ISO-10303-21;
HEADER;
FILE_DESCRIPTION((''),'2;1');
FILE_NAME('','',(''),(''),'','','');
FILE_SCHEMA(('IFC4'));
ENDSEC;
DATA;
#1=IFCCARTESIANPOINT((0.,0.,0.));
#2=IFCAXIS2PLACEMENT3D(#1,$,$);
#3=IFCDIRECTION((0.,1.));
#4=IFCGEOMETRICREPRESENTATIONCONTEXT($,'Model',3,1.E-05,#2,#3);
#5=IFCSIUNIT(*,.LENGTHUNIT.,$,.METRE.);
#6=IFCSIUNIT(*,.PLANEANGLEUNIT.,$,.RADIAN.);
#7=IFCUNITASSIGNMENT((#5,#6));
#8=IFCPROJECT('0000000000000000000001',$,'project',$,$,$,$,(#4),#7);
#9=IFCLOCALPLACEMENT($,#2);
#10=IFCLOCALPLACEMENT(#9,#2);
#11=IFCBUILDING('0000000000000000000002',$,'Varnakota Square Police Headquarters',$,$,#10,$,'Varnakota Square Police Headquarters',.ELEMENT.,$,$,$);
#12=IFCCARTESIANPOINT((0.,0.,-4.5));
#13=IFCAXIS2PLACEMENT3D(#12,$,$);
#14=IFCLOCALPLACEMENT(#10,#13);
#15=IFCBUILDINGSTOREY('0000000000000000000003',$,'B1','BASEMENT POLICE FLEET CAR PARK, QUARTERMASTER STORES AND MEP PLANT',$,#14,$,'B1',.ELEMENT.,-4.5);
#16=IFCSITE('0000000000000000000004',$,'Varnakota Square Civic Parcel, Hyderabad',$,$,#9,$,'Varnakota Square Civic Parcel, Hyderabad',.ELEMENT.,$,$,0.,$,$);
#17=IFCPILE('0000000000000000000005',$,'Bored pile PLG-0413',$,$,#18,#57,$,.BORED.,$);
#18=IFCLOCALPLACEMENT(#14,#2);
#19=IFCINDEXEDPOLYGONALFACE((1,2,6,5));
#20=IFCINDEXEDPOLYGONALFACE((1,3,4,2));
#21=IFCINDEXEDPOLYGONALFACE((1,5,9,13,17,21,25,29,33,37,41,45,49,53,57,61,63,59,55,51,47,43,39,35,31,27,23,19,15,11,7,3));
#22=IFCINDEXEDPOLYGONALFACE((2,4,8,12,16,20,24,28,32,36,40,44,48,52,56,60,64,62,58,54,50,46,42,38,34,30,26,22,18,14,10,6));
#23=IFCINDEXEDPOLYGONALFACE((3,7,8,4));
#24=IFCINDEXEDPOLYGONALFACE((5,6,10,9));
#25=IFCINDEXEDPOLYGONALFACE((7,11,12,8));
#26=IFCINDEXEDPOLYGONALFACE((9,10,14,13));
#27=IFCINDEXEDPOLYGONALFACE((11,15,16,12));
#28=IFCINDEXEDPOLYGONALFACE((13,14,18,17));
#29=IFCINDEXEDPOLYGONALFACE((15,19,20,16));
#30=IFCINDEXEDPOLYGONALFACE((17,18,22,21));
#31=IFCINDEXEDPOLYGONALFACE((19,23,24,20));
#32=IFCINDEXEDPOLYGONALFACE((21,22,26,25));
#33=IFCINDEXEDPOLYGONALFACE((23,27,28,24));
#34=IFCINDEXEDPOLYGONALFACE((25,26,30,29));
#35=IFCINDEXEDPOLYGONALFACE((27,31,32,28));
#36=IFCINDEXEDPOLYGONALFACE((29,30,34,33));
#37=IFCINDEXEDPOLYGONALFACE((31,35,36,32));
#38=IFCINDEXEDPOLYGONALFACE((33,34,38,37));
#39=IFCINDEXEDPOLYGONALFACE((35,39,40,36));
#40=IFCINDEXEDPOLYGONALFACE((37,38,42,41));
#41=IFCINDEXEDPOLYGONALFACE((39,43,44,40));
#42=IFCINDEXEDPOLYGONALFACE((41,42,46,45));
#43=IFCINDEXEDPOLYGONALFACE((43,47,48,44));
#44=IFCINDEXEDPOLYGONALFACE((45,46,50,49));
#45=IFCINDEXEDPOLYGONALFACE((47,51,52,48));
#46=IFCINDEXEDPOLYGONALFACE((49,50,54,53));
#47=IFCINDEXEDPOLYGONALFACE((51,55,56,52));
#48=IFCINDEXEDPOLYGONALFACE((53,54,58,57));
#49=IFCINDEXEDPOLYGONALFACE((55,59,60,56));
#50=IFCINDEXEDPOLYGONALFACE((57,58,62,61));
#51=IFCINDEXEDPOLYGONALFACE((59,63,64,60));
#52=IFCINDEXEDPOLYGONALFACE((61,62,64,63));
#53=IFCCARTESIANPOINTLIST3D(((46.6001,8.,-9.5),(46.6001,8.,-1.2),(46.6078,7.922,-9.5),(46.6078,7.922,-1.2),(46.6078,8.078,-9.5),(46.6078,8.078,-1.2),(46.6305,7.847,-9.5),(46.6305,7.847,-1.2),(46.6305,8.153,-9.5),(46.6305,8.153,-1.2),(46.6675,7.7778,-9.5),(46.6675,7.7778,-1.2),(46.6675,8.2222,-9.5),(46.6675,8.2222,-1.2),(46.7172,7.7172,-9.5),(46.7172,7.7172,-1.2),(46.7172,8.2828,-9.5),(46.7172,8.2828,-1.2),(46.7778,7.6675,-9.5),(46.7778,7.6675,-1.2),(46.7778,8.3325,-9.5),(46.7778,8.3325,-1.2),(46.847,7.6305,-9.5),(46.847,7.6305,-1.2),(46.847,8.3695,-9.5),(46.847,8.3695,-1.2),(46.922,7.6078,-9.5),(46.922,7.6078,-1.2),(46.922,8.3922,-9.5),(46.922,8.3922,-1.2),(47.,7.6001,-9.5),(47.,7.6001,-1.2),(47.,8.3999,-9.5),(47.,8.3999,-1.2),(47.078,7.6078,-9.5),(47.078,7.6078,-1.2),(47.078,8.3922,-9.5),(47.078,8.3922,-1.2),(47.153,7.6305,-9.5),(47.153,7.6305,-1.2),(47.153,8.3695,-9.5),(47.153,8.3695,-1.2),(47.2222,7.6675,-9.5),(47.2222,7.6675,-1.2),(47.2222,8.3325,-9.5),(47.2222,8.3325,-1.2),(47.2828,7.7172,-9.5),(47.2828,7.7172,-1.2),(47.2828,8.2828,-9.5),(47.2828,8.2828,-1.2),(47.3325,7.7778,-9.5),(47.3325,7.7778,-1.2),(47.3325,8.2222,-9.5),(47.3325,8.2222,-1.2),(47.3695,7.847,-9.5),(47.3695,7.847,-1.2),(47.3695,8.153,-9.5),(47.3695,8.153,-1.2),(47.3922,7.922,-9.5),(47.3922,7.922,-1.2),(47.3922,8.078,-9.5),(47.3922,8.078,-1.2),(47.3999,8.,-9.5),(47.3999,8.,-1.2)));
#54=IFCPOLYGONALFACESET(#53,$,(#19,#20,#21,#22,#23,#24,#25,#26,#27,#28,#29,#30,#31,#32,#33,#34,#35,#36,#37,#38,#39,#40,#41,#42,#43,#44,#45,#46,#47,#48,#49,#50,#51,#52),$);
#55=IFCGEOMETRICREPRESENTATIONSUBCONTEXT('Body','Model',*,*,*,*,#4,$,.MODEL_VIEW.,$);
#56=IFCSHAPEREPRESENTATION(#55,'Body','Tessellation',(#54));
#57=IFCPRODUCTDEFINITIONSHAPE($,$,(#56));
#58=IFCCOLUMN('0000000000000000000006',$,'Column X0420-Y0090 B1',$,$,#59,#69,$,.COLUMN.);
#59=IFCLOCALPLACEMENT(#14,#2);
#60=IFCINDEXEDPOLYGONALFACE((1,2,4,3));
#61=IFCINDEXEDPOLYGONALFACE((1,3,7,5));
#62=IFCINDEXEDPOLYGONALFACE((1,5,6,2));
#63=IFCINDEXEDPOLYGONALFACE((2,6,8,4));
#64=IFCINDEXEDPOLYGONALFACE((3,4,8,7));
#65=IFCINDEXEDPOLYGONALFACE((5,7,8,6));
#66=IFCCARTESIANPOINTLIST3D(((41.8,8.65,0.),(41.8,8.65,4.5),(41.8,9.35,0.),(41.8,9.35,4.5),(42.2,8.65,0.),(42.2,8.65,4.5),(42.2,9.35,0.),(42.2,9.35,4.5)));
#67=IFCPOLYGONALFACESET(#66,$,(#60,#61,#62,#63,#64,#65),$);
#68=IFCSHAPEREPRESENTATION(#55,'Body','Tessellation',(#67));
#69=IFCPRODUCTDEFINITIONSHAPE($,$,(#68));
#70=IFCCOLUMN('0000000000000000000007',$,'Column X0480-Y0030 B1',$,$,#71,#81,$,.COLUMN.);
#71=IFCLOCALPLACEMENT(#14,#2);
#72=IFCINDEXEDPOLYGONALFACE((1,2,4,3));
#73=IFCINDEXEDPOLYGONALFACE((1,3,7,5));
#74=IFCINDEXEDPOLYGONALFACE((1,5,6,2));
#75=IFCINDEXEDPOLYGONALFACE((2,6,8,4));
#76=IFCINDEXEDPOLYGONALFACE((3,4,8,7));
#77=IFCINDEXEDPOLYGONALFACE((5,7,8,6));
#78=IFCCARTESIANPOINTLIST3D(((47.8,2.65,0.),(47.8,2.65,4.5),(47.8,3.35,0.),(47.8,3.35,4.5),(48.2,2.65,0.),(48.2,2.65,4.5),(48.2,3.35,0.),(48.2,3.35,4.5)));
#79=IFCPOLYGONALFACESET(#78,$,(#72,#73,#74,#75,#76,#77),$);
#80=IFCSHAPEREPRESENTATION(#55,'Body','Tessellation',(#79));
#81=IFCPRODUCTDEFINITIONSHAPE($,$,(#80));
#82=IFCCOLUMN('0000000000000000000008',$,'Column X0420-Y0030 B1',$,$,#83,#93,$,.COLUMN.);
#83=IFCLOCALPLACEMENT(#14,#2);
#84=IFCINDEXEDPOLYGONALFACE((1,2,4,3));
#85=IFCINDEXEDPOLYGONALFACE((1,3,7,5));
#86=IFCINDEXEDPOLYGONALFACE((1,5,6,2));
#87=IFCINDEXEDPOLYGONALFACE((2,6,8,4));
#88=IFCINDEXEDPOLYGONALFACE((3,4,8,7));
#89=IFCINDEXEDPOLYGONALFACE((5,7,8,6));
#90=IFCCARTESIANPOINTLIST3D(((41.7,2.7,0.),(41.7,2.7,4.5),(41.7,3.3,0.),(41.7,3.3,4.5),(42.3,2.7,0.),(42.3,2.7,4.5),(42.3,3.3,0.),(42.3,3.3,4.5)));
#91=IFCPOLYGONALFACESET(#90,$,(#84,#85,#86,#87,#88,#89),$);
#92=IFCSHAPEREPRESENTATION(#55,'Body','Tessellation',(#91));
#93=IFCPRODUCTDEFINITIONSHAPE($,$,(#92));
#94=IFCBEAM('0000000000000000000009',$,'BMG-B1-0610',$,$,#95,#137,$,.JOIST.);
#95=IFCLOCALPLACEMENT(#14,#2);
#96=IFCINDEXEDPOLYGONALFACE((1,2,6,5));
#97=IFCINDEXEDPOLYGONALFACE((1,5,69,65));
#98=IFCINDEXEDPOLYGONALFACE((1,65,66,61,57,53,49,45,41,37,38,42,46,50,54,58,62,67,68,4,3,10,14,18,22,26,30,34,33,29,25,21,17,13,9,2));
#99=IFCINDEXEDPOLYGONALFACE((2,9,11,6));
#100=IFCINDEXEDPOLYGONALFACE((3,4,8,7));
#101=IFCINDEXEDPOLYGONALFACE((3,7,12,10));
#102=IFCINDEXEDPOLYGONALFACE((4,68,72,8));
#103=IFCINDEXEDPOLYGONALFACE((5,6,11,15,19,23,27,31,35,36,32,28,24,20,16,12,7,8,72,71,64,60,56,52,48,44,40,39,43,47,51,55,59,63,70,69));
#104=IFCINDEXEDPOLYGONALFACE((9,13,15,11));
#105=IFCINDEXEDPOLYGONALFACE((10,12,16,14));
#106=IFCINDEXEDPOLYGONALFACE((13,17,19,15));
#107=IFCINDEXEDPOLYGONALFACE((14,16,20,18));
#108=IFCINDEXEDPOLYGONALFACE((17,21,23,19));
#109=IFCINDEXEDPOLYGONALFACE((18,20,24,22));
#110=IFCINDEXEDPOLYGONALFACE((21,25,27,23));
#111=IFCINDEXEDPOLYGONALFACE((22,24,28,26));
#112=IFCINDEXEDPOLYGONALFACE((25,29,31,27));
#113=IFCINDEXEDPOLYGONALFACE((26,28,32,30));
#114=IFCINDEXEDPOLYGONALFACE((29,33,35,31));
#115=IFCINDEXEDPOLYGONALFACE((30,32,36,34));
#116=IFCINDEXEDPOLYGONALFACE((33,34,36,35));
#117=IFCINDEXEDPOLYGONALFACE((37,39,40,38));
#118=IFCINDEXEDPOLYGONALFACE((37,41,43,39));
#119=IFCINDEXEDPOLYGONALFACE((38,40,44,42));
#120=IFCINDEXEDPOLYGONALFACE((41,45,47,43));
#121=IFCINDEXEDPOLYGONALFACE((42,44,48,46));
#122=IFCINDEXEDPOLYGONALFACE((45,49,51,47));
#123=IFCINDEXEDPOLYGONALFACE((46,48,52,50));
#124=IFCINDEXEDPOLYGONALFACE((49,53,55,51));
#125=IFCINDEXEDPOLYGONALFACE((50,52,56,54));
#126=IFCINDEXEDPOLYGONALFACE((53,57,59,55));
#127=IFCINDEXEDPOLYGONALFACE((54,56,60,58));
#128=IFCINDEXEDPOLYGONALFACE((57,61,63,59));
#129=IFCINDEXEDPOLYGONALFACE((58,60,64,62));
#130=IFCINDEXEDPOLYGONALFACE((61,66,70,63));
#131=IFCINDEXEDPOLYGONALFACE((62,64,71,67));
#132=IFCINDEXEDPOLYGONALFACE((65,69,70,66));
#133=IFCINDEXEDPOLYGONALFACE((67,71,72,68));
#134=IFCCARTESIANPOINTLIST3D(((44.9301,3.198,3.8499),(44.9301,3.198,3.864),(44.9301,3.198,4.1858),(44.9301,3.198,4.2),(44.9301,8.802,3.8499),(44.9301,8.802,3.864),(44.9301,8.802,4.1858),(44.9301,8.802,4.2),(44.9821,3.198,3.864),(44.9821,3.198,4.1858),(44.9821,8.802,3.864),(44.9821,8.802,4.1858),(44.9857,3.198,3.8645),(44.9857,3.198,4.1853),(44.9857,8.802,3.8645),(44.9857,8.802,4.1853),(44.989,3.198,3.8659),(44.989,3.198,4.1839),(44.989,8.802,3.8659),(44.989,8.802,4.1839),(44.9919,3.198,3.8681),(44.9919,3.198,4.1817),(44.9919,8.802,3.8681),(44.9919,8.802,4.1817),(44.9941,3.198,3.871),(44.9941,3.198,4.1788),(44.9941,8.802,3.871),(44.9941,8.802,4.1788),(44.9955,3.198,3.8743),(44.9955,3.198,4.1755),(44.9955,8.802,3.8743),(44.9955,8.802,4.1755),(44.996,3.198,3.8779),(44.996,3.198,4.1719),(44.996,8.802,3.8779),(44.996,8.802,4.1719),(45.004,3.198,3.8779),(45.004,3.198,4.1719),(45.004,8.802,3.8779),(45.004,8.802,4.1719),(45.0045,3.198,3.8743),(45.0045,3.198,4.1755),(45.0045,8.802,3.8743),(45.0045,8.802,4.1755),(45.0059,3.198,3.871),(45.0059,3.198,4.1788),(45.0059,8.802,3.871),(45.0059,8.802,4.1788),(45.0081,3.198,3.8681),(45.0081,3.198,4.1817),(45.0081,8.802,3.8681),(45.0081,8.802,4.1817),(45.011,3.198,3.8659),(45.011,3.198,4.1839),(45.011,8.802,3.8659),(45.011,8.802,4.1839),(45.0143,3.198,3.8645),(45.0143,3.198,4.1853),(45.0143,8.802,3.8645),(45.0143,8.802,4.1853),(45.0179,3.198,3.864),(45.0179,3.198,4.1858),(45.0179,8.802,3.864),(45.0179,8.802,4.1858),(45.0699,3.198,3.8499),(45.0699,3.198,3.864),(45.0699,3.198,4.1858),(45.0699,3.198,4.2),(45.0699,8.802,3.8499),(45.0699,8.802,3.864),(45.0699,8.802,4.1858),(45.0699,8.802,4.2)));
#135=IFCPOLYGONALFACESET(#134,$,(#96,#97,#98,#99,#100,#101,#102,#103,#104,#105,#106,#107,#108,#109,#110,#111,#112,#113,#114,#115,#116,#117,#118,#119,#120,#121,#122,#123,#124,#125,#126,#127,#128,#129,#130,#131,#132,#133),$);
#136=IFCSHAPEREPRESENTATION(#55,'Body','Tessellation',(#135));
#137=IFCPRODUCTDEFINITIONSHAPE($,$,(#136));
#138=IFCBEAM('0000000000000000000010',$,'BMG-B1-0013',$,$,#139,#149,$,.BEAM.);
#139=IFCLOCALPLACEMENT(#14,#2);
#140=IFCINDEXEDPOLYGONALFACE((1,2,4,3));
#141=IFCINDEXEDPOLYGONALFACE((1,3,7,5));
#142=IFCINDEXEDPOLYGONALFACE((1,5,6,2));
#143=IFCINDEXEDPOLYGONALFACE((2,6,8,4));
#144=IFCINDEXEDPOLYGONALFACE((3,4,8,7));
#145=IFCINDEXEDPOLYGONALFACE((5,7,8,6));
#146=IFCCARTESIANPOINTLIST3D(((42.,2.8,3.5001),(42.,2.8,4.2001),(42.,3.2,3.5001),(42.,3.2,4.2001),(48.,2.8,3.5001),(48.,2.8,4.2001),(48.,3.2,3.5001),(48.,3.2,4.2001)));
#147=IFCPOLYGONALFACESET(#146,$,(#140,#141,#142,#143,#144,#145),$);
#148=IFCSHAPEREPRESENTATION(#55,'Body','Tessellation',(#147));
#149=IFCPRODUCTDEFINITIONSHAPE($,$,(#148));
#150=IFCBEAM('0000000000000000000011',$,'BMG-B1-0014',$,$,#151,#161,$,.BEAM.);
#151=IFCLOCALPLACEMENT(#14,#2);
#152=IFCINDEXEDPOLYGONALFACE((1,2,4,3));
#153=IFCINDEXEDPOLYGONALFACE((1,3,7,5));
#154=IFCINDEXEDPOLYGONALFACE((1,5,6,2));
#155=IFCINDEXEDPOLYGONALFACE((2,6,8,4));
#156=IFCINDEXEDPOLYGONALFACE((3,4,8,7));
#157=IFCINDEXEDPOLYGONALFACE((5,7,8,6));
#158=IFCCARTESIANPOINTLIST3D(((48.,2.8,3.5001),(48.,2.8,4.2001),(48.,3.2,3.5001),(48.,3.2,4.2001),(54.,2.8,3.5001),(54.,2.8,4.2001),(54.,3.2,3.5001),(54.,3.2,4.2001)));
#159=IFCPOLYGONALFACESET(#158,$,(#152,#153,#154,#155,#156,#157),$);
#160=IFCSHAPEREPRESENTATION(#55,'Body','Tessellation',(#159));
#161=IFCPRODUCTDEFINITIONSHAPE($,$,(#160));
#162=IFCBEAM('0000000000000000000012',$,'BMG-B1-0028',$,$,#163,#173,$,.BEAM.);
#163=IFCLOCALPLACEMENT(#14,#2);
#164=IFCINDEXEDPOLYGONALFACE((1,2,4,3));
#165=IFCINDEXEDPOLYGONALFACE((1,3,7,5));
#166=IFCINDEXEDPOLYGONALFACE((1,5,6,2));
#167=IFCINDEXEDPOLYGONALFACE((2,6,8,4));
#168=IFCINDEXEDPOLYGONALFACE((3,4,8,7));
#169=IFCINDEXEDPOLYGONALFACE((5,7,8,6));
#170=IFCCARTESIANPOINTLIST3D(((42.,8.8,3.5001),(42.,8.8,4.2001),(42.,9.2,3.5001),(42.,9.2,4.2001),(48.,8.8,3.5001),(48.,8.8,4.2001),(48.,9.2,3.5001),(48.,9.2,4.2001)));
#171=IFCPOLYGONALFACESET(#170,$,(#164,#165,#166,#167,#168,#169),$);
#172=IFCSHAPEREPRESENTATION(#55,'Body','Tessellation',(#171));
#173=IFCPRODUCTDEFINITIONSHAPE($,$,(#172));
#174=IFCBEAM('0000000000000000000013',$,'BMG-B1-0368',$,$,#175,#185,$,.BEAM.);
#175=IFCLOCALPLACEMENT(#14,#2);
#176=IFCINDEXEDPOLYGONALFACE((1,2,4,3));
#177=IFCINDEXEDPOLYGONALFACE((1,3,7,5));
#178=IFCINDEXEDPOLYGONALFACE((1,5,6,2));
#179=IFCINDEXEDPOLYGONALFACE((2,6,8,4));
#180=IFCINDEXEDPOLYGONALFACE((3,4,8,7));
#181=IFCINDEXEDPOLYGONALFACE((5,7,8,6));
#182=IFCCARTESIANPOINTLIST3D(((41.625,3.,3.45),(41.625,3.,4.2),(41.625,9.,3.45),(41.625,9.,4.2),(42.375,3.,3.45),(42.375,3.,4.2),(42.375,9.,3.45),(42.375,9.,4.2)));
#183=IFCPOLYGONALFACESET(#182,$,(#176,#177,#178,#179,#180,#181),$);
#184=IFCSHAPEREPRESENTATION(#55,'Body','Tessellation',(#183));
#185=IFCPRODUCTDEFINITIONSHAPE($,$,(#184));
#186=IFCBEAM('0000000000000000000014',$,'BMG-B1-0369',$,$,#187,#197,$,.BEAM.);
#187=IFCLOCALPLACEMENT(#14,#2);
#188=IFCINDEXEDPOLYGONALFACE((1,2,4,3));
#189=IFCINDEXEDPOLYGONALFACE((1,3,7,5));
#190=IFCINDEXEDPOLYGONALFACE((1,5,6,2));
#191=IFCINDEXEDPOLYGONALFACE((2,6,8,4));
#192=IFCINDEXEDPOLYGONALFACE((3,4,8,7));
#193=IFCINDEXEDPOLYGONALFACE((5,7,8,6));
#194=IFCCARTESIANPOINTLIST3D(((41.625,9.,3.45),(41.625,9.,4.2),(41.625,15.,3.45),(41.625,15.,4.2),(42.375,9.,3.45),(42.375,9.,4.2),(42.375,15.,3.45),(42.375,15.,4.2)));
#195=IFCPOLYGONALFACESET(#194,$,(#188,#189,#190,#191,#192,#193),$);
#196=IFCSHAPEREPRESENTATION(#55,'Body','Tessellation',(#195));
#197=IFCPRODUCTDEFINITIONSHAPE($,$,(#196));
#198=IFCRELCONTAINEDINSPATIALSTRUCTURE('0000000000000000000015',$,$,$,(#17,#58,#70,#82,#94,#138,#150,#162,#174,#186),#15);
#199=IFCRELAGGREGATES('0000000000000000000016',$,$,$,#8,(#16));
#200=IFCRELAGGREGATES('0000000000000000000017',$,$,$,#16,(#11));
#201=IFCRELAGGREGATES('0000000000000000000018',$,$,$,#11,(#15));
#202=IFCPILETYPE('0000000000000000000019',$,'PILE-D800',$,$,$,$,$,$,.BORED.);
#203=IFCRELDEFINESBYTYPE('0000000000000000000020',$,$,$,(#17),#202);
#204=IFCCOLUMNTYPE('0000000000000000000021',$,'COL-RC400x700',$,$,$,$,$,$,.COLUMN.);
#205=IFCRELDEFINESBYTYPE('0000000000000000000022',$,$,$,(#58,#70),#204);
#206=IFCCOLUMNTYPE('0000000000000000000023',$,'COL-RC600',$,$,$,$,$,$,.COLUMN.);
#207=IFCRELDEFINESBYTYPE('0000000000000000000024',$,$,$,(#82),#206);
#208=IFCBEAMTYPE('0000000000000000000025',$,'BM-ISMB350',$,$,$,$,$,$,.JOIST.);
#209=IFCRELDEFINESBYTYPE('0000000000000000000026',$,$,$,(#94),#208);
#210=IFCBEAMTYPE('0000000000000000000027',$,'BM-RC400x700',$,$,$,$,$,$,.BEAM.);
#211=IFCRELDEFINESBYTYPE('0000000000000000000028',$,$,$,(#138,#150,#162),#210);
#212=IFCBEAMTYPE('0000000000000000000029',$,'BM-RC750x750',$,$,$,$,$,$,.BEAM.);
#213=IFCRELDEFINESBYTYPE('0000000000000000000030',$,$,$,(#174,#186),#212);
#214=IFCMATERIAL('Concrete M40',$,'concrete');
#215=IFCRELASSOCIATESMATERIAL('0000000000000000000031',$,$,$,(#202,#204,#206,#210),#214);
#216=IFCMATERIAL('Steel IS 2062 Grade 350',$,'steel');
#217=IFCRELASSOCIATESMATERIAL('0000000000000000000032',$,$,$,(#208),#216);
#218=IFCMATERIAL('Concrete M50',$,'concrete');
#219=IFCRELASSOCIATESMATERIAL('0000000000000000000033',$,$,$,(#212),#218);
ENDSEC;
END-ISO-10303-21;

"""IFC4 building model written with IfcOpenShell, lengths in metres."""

from ifc_helpers import new_model, si_unit, direction, frame, origin, origin_2d, place, context, subcontext, project, spatial, rectangle, circle, i_section, extrude, material, material_profile, profile_set, type_object, element, save


model = new_model("IFC4")

# Units and contexts
model_context = context("Model", 3, precision=1e-05, world=origin(), true_north=direction((0.0, 1.0)))
body_context = subcontext(model_context, "Body", "Model", "MODEL_VIEW")
ifc_project = project(units=[si_unit("LENGTHUNIT", "METRE"), si_unit("PLANEANGLEUNIT", "RADIAN")], contexts=[model_context])

# Site, building, storey
site_placement = place(None, origin())
site = spatial("IfcSite", under=ifc_project, at=site_placement, Name="Varnakota Square Civic Parcel, Hyderabad", LongName="Varnakota Square Civic Parcel, Hyderabad", CompositionType="ELEMENT", RefElevation=0.0)
building_placement = place(site_placement, origin())
building = spatial("IfcBuilding", under=site, at=building_placement, Name="Varnakota Square Police Headquarters", LongName="Varnakota Square Police Headquarters", CompositionType="ELEMENT")
storey_placement = place(building_placement, frame((0.0, 0.0, -4.5)))
storey = spatial("IfcBuildingStorey", under=building, at=storey_placement, Name="B1", Description="BASEMENT POLICE FLEET CAR PARK, QUARTERMASTER STORES AND MEP PLANT", LongName="B1", CompositionType="ELEMENT", Elevation=-4.5)

# Shared definitions
ifc_material_1 = material(Name="Concrete M40", Category="concrete")

# Pile
ifc_material_profile_1 = material_profile(ifc_material_1, circle(Radius=0.3999, at=origin_2d()), Name="BORED PILE 800")
ifc_profile_set_1 = profile_set([ifc_material_profile_1], Name="Concrete M40")
pile_type = type_object("IfcPileType", Name="PILE-D800", PredefinedType="BORED", material=ifc_profile_set_1)
for number, where, z_axis, x_axis, name in (
    (1, (47.0, 8.0, -1.2), (0.0, 0.0, -1.0), (1.0, 0.0, 0.0), "Bored pile PLG-0413"),
):
    element("IfcPile", number, at=place(storey_placement, frame(where, z_axis=z_axis, x_axis=x_axis)), inside=storey, type_object=pile_type, Name=name, PredefinedType="BORED", context=body_context, shape_type="SweptSolid", body=[
        extrude(circle(Radius=0.3999, at=origin_2d()), origin(), (0.0, 0.0, 1.0), 8.3),
    ])

# Columns
ifc_material_profile_2 = material_profile(ifc_material_1, rectangle(XDim=0.3999, YDim=0.7, at=origin_2d()), Name="RC 400x700")
ifc_profile_set_2 = profile_set([ifc_material_profile_2], Name="Concrete M40")
column_type_1 = type_object("IfcColumnType", Name="COL-RC400x700", PredefinedType="COLUMN", material=ifc_profile_set_2)
for number, where, z_axis, x_axis, name in (
    (2, (42.0, 9.0, 0.0), (0.0, 0.0, 1.0), (1.0, 0.0, 0.0), "Column X0420-Y0090 B1"),
    (3, (48.0, 3.0, 0.0), (0.0, 0.0, 1.0), (1.0, 0.0, 0.0), "Column X0480-Y0030 B1"),
):
    element("IfcColumn", number, at=place(storey_placement, frame(where, z_axis=z_axis, x_axis=x_axis)), inside=storey, type_object=column_type_1, Name=name, PredefinedType="COLUMN", context=body_context, shape_type="SweptSolid", body=[
        extrude(rectangle(XDim=0.3999, YDim=0.7, at=origin_2d()), origin(), (0.0, 0.0, 1.0), 4.5),
    ])
ifc_material_profile_3 = material_profile(ifc_material_1, rectangle(XDim=0.6001, YDim=0.6001, at=origin_2d()), Name="RC 600x600")
ifc_profile_set_3 = profile_set([ifc_material_profile_3], Name="Concrete M40")
column_type_2 = type_object("IfcColumnType", Name="COL-RC600", PredefinedType="COLUMN", material=ifc_profile_set_3)
column_placement = place(storey_placement, frame((42.0, 3.0, 0.0), z_axis=(0.0, 0.0, 1.0), x_axis=(1.0, 0.0, 0.0)))
element("IfcColumn", 4, at=column_placement, inside=storey, type_object=column_type_2, Name="Column X0420-Y0030 B1", PredefinedType="COLUMN", context=body_context, shape_type="SweptSolid", body=[
    extrude(rectangle(XDim=0.6001, YDim=0.6001, at=origin_2d()), origin(), (0.0, 0.0, 1.0), 4.5),
])

# Beams
ifc_material_2 = material(Name="Steel IS 2062 Grade 350", Category="steel")
ifc_material_profile_4 = material_profile(ifc_material_2, i_section(OverallWidth=0.1399, OverallDepth=0.3501, WebThickness=0.0081, FlangeThickness=0.0142, FilletRadius=0.0139, at=origin_2d()), Name="ISMB 350")
ifc_profile_set_4 = profile_set([ifc_material_profile_4], Name="Steel IS 2062 Grade 350")
beam_type_1 = type_object("IfcBeamType", Name="BM-ISMB350", PredefinedType="JOIST", material=ifc_profile_set_4)
beam_placement = place(storey_placement, frame((45.0, 3.198, 4.0249), z_axis=(0.0, 1.0, 0.0), x_axis=(-1.0, 0.0, 0.0)))
element("IfcBeam", 5, at=beam_placement, inside=storey, type_object=beam_type_1, Name="BMG-B1-0610", PredefinedType="JOIST", context=body_context, shape_type="SweptSolid", body=[
    extrude(i_section(OverallWidth=0.1399, OverallDepth=0.3501, WebThickness=0.0081, FlangeThickness=0.0142, FilletRadius=0.0139, at=origin_2d()), origin(), (0.0, 0.0, 1.0), 5.604),
])
ifc_material_profile_5 = material_profile(ifc_material_1, rectangle(XDim=0.3999, YDim=0.7, at=origin_2d()), Name="RC 400x700")
ifc_profile_set_5 = profile_set([ifc_material_profile_5], Name="Concrete M40")
beam_type_2 = type_object("IfcBeamType", Name="BM-RC400x700", PredefinedType="BEAM", material=ifc_profile_set_5)
for number, where, z_axis, x_axis, name in (
    (6, (42.0, 3.0, 3.8501), (1.0, 0.0, 0.0), (0.0, 1.0, 0.0), "BMG-B1-0013"),
    (7, (48.0, 3.0, 3.8501), (1.0, 0.0, 0.0), (0.0, 1.0, 0.0), "BMG-B1-0014"),
    (8, (42.0, 9.0, 3.8501), (1.0, 0.0, 0.0), (0.0, 1.0, 0.0), "BMG-B1-0028"),
):
    element("IfcBeam", number, at=place(storey_placement, frame(where, z_axis=z_axis, x_axis=x_axis)), inside=storey, type_object=beam_type_2, Name=name, PredefinedType="BEAM", context=body_context, shape_type="SweptSolid", body=[
        extrude(rectangle(XDim=0.3999, YDim=0.7, at=origin_2d()), origin(), (0.0, 0.0, 1.0), 6.0),
    ])
ifc_material_3 = material(Name="Concrete M50", Category="concrete")
ifc_material_profile_6 = material_profile(ifc_material_3, rectangle(XDim=0.75, YDim=0.75, at=origin_2d()), Name="RC 750x750")
ifc_profile_set_6 = profile_set([ifc_material_profile_6], Name="Concrete M50")
beam_type_3 = type_object("IfcBeamType", Name="BM-RC750x750", PredefinedType="BEAM", material=ifc_profile_set_6)
for number, where, z_axis, x_axis, name in (
    (9, (42.0, 3.0, 3.825), (0.0, 1.0, 0.0), (-1.0, 0.0, 0.0), "BMG-B1-0368"),
    (10, (42.0, 9.0, 3.825), (0.0, 1.0, 0.0), (-1.0, 0.0, 0.0), "BMG-B1-0369"),
):
    element("IfcBeam", number, at=place(storey_placement, frame(where, z_axis=z_axis, x_axis=x_axis)), inside=storey, type_object=beam_type_3, Name=name, PredefinedType="BEAM", context=body_context, shape_type="SweptSolid", body=[
        extrude(rectangle(XDim=0.75, YDim=0.75, at=origin_2d()), origin(), (0.0, 0.0, 1.0), 6.0),
    ])

save(model, "model.ifc")
